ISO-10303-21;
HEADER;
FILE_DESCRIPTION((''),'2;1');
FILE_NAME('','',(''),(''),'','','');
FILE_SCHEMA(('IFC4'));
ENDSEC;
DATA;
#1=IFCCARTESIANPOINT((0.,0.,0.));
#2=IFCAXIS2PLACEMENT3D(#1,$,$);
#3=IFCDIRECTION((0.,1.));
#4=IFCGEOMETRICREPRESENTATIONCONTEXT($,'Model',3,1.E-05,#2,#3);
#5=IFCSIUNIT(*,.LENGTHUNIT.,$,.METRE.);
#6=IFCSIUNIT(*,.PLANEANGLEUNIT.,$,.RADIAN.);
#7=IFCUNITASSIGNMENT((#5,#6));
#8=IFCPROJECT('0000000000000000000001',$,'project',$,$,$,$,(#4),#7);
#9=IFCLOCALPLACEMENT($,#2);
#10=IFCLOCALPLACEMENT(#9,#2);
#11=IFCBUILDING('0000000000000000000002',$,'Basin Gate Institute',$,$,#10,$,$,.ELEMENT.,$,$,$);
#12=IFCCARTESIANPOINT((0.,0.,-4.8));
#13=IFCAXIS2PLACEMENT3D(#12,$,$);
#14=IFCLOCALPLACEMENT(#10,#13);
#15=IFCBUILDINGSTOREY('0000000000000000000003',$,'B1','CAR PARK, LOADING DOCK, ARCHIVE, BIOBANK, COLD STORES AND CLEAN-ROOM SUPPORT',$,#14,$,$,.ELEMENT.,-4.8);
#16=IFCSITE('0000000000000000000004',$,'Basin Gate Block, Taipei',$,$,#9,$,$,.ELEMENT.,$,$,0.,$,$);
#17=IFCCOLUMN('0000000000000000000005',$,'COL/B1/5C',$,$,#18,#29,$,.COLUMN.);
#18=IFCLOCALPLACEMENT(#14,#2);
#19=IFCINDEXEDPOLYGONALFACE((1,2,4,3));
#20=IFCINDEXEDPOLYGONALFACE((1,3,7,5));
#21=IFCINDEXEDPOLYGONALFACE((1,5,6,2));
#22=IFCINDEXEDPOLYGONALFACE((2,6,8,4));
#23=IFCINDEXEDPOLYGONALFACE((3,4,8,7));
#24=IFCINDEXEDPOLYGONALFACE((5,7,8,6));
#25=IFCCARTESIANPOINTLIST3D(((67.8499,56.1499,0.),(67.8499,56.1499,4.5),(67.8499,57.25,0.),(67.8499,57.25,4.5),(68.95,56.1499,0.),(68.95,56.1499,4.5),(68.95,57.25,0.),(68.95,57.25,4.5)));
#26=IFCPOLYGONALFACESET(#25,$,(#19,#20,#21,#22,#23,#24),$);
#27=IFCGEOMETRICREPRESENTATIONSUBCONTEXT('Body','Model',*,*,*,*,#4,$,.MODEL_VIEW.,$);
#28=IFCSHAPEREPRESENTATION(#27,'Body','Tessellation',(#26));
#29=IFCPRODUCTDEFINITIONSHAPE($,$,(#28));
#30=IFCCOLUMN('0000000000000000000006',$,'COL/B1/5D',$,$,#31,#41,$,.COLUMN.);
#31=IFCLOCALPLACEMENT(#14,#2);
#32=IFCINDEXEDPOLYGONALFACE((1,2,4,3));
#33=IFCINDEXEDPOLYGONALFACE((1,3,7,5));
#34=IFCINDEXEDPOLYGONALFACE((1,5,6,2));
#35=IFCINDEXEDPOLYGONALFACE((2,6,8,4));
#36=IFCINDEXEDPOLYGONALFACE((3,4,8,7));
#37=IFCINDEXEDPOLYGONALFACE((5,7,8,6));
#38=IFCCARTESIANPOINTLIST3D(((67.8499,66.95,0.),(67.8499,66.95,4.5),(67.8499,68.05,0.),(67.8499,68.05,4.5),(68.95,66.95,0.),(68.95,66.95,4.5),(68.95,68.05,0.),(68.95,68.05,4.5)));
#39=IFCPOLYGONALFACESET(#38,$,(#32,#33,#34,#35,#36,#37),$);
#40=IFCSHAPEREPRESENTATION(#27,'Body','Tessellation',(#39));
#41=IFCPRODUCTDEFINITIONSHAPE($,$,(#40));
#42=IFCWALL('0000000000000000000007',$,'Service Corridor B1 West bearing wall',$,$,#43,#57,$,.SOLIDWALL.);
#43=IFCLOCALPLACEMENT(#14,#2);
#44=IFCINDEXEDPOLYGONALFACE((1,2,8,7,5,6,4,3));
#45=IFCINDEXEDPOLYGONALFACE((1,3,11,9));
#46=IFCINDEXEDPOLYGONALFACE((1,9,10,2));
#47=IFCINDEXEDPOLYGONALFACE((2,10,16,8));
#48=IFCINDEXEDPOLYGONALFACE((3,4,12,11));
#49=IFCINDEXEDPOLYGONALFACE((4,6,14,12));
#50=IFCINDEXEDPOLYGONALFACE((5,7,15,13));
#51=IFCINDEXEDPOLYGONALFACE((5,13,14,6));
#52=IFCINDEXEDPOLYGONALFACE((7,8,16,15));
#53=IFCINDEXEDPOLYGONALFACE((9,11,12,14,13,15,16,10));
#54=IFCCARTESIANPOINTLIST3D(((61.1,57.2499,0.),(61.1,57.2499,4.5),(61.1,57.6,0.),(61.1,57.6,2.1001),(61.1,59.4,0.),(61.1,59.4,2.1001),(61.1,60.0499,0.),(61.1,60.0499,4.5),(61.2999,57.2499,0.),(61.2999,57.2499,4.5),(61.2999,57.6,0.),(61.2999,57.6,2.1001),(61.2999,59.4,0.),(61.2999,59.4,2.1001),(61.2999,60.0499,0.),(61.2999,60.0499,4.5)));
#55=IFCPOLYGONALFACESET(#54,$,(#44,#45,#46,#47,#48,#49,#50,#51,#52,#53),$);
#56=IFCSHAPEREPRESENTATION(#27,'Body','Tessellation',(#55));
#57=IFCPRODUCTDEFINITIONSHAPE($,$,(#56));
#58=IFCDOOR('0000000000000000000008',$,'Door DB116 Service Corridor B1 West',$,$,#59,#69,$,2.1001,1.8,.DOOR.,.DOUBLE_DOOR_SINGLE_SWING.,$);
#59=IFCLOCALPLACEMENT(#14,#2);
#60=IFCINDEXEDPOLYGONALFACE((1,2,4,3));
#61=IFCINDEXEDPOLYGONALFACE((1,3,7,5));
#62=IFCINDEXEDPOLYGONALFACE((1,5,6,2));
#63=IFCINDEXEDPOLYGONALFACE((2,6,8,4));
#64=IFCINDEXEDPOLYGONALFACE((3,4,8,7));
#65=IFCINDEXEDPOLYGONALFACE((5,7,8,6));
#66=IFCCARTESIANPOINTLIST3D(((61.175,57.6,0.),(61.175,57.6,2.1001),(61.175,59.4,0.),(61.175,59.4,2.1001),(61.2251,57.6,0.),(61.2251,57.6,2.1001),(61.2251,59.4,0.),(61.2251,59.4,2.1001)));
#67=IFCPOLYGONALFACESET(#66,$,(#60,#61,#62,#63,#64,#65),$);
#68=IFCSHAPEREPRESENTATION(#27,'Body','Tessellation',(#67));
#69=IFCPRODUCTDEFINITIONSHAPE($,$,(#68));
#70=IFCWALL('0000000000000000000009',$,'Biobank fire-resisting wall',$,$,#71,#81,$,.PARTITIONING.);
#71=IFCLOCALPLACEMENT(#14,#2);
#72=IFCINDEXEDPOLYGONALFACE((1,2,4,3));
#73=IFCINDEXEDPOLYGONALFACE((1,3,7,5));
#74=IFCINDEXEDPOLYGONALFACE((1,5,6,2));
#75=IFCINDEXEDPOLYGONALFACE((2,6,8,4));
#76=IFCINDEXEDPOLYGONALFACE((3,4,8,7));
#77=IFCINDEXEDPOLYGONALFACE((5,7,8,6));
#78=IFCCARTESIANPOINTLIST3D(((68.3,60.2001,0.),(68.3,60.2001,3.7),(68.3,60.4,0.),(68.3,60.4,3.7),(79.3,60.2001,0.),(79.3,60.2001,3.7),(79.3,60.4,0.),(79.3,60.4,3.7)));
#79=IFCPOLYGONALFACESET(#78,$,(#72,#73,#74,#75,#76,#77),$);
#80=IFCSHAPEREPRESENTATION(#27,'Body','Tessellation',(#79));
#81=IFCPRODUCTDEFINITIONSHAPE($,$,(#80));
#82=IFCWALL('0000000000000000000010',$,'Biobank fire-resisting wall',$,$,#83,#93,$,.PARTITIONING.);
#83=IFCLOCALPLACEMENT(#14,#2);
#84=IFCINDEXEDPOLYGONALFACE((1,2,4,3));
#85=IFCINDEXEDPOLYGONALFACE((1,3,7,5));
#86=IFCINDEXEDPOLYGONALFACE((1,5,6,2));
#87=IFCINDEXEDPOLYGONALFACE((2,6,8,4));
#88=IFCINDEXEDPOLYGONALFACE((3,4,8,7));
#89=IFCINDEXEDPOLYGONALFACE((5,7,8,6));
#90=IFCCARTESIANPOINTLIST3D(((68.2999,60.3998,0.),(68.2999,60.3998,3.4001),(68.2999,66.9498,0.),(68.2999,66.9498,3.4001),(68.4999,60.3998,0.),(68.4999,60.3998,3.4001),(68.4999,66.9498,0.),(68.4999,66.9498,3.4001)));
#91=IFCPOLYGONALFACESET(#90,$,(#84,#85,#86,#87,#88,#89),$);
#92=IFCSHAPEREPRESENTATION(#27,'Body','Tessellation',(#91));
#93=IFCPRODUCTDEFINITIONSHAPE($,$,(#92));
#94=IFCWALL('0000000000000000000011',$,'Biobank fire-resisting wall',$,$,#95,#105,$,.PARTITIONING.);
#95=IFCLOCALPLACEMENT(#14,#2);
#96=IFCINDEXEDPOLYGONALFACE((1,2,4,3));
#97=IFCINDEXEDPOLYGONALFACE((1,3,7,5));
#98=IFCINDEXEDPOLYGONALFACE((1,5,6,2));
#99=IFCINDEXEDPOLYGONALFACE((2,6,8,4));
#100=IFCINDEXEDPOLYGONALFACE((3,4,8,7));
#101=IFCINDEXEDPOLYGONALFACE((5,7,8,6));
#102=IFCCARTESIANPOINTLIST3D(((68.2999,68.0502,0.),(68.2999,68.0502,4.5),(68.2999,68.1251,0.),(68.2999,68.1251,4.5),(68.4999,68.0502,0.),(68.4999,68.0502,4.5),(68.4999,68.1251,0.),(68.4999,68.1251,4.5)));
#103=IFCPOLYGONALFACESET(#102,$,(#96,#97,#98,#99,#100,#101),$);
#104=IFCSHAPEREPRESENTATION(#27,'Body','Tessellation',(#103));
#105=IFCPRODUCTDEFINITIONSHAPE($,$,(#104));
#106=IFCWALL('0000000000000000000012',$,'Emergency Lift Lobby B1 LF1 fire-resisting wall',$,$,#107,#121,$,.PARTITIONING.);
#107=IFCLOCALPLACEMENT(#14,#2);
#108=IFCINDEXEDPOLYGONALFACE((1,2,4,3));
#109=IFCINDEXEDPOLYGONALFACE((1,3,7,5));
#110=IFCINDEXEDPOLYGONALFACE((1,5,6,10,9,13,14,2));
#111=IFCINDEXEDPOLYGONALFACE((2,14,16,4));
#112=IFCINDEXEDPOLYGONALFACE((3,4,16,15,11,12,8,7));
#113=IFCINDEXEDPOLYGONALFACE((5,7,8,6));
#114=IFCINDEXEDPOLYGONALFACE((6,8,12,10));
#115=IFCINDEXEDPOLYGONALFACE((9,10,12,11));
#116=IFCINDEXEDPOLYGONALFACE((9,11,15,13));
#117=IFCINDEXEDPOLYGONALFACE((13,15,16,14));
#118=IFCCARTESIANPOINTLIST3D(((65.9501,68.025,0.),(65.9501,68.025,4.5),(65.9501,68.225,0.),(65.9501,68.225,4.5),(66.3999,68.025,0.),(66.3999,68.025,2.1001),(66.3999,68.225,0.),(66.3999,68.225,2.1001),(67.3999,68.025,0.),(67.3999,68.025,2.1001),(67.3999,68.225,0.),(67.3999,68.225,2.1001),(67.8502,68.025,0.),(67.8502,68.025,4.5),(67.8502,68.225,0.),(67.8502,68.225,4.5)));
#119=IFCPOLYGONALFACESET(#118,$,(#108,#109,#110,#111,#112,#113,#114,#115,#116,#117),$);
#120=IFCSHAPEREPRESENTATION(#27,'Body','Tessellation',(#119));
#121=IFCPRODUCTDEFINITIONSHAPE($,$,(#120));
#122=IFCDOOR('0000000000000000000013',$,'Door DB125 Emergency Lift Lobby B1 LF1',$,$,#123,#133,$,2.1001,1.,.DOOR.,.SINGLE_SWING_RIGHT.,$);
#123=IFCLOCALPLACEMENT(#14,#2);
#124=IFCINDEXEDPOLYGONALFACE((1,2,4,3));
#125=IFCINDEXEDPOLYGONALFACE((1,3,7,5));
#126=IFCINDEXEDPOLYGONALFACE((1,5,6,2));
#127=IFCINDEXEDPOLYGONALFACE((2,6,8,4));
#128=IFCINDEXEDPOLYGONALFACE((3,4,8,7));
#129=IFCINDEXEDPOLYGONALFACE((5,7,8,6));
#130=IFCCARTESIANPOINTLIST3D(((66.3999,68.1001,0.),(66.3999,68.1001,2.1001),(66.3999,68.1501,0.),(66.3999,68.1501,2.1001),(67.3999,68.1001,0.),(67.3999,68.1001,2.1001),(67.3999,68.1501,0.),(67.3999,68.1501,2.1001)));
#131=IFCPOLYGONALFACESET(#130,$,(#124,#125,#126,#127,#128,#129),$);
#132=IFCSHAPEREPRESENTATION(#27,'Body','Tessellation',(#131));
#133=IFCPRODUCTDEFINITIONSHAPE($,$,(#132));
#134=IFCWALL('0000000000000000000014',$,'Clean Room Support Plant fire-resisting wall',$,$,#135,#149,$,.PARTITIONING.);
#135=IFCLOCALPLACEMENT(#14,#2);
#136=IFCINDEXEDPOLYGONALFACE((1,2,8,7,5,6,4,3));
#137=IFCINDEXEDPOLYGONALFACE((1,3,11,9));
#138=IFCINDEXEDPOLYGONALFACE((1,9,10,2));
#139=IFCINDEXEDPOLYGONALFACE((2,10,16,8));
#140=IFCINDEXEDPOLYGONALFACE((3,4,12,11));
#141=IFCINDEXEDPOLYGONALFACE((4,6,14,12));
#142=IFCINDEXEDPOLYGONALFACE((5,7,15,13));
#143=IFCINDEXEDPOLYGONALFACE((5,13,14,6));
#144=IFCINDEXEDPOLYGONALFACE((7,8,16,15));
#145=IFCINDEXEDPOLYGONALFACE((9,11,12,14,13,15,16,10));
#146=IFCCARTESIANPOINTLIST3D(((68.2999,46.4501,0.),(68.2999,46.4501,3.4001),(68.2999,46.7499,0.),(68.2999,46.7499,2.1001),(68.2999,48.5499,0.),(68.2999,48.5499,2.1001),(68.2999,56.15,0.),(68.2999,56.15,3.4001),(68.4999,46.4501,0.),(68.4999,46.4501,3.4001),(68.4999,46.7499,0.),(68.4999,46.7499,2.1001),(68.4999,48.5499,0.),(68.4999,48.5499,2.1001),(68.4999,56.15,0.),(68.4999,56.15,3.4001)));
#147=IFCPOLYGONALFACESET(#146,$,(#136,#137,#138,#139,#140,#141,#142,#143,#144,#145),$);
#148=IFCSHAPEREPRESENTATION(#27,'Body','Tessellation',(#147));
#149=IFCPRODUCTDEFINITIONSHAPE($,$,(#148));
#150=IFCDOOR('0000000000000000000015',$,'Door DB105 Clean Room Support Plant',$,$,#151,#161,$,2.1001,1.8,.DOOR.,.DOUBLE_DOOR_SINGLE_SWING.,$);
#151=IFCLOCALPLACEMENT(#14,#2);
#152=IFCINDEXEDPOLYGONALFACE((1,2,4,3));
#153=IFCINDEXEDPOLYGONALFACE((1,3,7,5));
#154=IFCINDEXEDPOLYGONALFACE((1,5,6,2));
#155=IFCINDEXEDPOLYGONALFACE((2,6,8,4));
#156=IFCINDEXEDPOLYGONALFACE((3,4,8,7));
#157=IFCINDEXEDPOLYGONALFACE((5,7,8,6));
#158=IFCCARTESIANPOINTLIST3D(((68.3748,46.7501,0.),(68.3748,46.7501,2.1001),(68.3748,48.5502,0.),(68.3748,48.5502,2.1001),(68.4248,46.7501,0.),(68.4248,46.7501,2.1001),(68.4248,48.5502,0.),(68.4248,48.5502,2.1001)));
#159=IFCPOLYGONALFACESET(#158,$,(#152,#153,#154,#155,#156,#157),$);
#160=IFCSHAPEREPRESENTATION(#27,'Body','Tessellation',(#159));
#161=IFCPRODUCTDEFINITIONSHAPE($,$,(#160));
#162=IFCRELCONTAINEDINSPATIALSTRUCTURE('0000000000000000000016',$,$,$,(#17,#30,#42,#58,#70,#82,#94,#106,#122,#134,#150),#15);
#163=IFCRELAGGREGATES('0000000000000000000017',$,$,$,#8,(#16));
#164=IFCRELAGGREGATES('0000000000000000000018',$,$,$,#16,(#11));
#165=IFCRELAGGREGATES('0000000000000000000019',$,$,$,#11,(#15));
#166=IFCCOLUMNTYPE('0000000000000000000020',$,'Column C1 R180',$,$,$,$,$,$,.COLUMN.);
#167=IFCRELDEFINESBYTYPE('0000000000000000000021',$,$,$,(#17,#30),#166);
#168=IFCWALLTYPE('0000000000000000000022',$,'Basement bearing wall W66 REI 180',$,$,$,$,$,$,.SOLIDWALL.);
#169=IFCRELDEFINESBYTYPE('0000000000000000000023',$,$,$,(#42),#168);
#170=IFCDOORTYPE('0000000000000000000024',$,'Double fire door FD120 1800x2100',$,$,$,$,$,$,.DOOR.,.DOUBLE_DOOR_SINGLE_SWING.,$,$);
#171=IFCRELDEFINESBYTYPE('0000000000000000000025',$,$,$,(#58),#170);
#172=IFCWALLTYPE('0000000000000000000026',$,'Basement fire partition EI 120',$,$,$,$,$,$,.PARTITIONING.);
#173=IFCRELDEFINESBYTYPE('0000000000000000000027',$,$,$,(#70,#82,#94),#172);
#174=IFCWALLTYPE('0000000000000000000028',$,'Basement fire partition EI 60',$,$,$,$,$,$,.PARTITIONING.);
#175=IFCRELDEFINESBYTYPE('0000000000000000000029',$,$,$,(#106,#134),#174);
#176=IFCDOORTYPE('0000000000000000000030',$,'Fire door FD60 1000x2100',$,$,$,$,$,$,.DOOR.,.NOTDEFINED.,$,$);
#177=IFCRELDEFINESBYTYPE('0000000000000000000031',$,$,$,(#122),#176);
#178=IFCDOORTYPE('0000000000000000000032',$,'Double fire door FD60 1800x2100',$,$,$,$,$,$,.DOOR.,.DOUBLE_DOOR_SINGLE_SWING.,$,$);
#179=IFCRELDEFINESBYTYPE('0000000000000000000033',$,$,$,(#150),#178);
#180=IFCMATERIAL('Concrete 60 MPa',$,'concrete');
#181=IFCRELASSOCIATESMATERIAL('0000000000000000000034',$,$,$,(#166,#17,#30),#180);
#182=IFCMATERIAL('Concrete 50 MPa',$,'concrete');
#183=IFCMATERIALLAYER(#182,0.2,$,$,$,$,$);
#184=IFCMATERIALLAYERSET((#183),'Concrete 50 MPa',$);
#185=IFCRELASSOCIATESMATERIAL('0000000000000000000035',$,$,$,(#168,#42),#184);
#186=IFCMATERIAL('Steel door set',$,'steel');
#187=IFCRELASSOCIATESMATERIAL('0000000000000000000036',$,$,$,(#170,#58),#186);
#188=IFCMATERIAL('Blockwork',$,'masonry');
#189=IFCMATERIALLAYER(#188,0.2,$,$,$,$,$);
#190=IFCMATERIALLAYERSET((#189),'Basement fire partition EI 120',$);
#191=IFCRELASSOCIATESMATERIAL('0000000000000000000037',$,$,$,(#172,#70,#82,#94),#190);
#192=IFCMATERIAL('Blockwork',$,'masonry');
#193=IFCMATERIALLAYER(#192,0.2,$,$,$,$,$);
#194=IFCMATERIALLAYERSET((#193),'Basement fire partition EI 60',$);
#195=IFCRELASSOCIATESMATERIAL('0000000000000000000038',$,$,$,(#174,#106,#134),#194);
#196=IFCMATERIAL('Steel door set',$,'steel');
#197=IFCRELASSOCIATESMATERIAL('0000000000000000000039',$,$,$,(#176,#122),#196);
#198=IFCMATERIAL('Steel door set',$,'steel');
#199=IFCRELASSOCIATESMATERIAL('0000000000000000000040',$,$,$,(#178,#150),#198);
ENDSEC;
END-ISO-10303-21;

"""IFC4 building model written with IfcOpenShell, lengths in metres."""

from ifc_helpers import new_model, si_unit, direction, frame, frame_2d, origin, origin_2d, place, context, subcontext, project, spatial, rectangle, extrude, material, layer, layer_set, material_profile, profile_set, type_object, element, fill, save


model = new_model("IFC4")

# Units and contexts
model_context = context("Model", 3, precision=1e-05, world=origin(), true_north=direction((0.0, 1.0)))
body_context = subcontext(model_context, "Body", "Model", "MODEL_VIEW")
ifc_project = project(units=[si_unit("LENGTHUNIT", "METRE"), si_unit("PLANEANGLEUNIT", "RADIAN")], contexts=[model_context])

# Site, building, storey
site_placement = place(None, origin())
site = spatial("IfcSite", under=ifc_project, at=site_placement, Name="Basin Gate Block, Taipei", CompositionType="ELEMENT", RefElevation=0.0)
building_placement = place(site_placement, origin())
building = spatial("IfcBuilding", under=site, at=building_placement, Name="Basin Gate Institute", CompositionType="ELEMENT")
storey_placement = place(building_placement, frame((0.0, 0.0, -4.8)))
storey = spatial("IfcBuildingStorey", under=building, at=storey_placement, Name="B1", Description="CAR PARK, LOADING DOCK, ARCHIVE, BIOBANK, COLD STORES AND CLEAN-ROOM SUPPORT", CompositionType="ELEMENT", Elevation=-4.8)

# Columns
ifc_material_1 = material(Name="Concrete 60 MPa", Category="concrete")
ifc_material_profile = material_profile(ifc_material_1, rectangle(XDim=1.1001, YDim=1.1001, at=origin_2d()), Name="Column C1 1100 x 1100")
ifc_profile_set = profile_set([ifc_material_profile], Name="Concrete 60 MPa")
column_type = type_object("IfcColumnType", Name="Column C1 R180", PredefinedType="COLUMN", material=ifc_profile_set)
for number, where, z_axis, x_axis, name in (
    (1, (68.3999, 56.7, 0.0), (0.0, 0.0, 1.0), (1.0, 0.0, 0.0), "COL/B1/5C"),
    (2, (68.3999, 67.5, 0.0), (0.0, 0.0, 1.0), (1.0, 0.0, 0.0), "COL/B1/5D"),
):
    element("IfcColumn", number, at=place(storey_placement, frame(where, z_axis=z_axis, x_axis=x_axis)), inside=storey, type_object=column_type, material=ifc_profile_set, Name=name, PredefinedType="COLUMN", context=body_context, shape_type="SweptSolid", body=[
        extrude(rectangle(XDim=1.1001, YDim=1.1001, at=origin_2d()), origin(), (0.0, 0.0, 1.0), 4.5),
    ])

# Wall, opening, door
ifc_material_2 = material(Name="Concrete 50 MPa", Category="concrete")
ifc_layer_1 = layer(ifc_material_2, 0.2)
ifc_layer_set_1 = layer_set([ifc_layer_1], Name="Concrete 50 MPa")
wall_type_1 = type_object("IfcWallType", Name="Basement bearing wall W66 REI 180", PredefinedType="SOLIDWALL", material=ifc_layer_set_1)
wall_1_placement = place(storey_placement, frame((61.2, 57.25, 0.0), z_axis=(0.0, 0.0, 1.0), x_axis=(0.0, 1.0, 0.0)))
wall_1 = element("IfcWall", 3, at=wall_1_placement, inside=storey, type_object=wall_type_1, material=ifc_layer_set_1, Name="Service Corridor B1 West bearing wall", PredefinedType="SOLIDWALL", context=body_context, shape_type="SweptSolid", body=[
    extrude(rectangle(XDim=2.8, YDim=0.2, at=frame_2d((1.3999, 0.0))), origin(), (0.0, 0.0, 1.0), 4.5),
])
opening_1_placement = place(wall_1_placement, frame((0.3501, 0.0, 0.0)))
opening_1 = element("IfcOpeningElement", 4, at=opening_1_placement, cuts=wall_1, PredefinedType="OPENING", context=body_context, shape_type="SweptSolid", body=[
    extrude(rectangle(XDim=1.8, YDim=2.1001, at=frame_2d((0.8999, 1.05))), frame((0.0, 0.1099, 0.0), z_axis=(0.0, -1.0, 0.0), x_axis=(1.0, 0.0, 0.0)), (0.0, 0.0, 1.0), 0.22),
])
ifc_material_3 = material(Name="Steel door set", Category="steel")
door_type_1 = type_object("IfcDoorType", Name="Double fire door FD120 1800x2100", OperationType="DOUBLE_DOOR_SINGLE_SWING", PredefinedType="DOOR", material=ifc_material_3)
door_1_placement = place(opening_1_placement, origin())
door_1 = element("IfcDoor", 5, at=door_1_placement, inside=storey, type_object=door_type_1, material=ifc_material_3, Name="Door DB116 Service Corridor B1 West", OperationType="DOUBLE_DOOR_SINGLE_SWING", OverallHeight=2.1001, OverallWidth=1.8, PredefinedType="DOOR", context=body_context, shape_type="SweptSolid", body=[
    extrude(rectangle(XDim=1.8, YDim=2.1001, at=frame_2d((0.8999, 1.05))), frame((0.0, 0.0249, 0.0), z_axis=(0.0, -1.0, 0.0), x_axis=(1.0, 0.0, 0.0)), (0.0, 0.0, 1.0), 0.05),
])
fill(opening_1, door_1)

# Walls
ifc_material_4 = material(Name="Blockwork", Category="masonry")
ifc_layer_2 = layer(ifc_material_4, 0.2)
ifc_layer_set_2 = layer_set([ifc_layer_2], Name="Basement fire partition EI 120")
wall_type_2 = type_object("IfcWallType", Name="Basement fire partition EI 120", PredefinedType="PARTITIONING", material=ifc_layer_set_2)
wall_2_placement = place(storey_placement, frame((68.3, 60.3, 0.0), z_axis=(0.0, 0.0, 1.0), x_axis=(1.0, 0.0, 0.0)))
element("IfcWall", 6, at=wall_2_placement, inside=storey, type_object=wall_type_2, material=ifc_layer_set_2, Name="Biobank fire-resisting wall", PredefinedType="PARTITIONING", context=body_context, shape_type="SweptSolid", body=[
    extrude(rectangle(XDim=11.0, YDim=0.2, at=frame_2d((5.5, 0.0))), origin(), (0.0, 0.0, 1.0), 3.7),
])
wall_3_placement = place(storey_placement, frame((68.3999, 60.3999, 0.0), z_axis=(0.0, 0.0, 1.0), x_axis=(0.0, 1.0, 0.0)))
element("IfcWall", 7, at=wall_3_placement, inside=storey, type_object=wall_type_2, material=ifc_layer_set_2, Name="Biobank fire-resisting wall", PredefinedType="PARTITIONING", context=body_context, shape_type="SweptSolid", body=[
    extrude(rectangle(XDim=6.55, YDim=0.2, at=frame_2d((3.2749, 0.0))), origin(), (0.0, 0.0, 1.0), 3.4001),
])
wall_4_placement = place(storey_placement, frame((68.3999, 68.05, 0.0), z_axis=(0.0, 0.0, 1.0), x_axis=(0.0, 1.0, 0.0)))
element("IfcWall", 8, at=wall_4_placement, inside=storey, type_object=wall_type_2, material=ifc_layer_set_2, Name="Biobank fire-resisting wall", PredefinedType="PARTITIONING", context=body_context, shape_type="SweptSolid", body=[
    extrude(rectangle(XDim=0.075, YDim=0.2, at=frame_2d((0.0376, 0.0))), origin(), (0.0, 0.0, 1.0), 4.5),
])

# Walls, openings, doors
ifc_material_5 = material(Name="Blockwork", Category="masonry")
ifc_layer_3 = layer(ifc_material_5, 0.2)
ifc_layer_set_3 = layer_set([ifc_layer_3], Name="Basement fire partition EI 60")
wall_type_3 = type_object("IfcWallType", Name="Basement fire partition EI 60", PredefinedType="PARTITIONING", material=ifc_layer_set_3)
wall_5_placement = place(storey_placement, frame((65.95, 68.125, 0.0), z_axis=(0.0, 0.0, 1.0), x_axis=(1.0, 0.0, 0.0)))
wall_5 = element("IfcWall", 9, at=wall_5_placement, inside=storey, type_object=wall_type_3, material=ifc_layer_set_3, Name="Emergency Lift Lobby B1 LF1 fire-resisting wall", PredefinedType="PARTITIONING", context=body_context, shape_type="SweptSolid", body=[
    extrude(rectangle(XDim=1.9001, YDim=0.2, at=frame_2d((0.9502, 0.0))), origin(), (0.0, 0.0, 1.0), 4.5),
])
opening_2_placement = place(wall_5_placement, frame((0.45, 0.0, 0.0)))
opening_2 = element("IfcOpeningElement", 10, at=opening_2_placement, cuts=wall_5, PredefinedType="OPENING", context=body_context, shape_type="SweptSolid", body=[
    extrude(rectangle(XDim=1.0, YDim=2.1001, at=frame_2d((0.5, 1.05))), frame((0.0, 0.1099, 0.0), z_axis=(0.0, -1.0, 0.0), x_axis=(1.0, 0.0, 0.0)), (0.0, 0.0, 1.0), 0.22),
])
ifc_material_6 = material(Name="Steel door set", Category="steel")
door_type_2 = type_object("IfcDoorType", Name="Fire door FD60 1000x2100", OperationType="NOTDEFINED", PredefinedType="DOOR", material=ifc_material_6)
door_2_placement = place(opening_2_placement, frame((1.0, 0.0, 0.0), z_axis=(0.0, 0.0, 1.0), x_axis=(-1.0, 0.0, 0.0)))
door_2 = element("IfcDoor", 11, at=door_2_placement, inside=storey, type_object=door_type_2, material=ifc_material_6, Name="Door DB125 Emergency Lift Lobby B1 LF1", OperationType="SINGLE_SWING_RIGHT", OverallHeight=2.1001, OverallWidth=1.0, PredefinedType="DOOR", context=body_context, shape_type="SweptSolid", body=[
    extrude(rectangle(XDim=1.0, YDim=2.1001, at=frame_2d((0.5, 1.05))), frame((0.0, 0.0249, 0.0), z_axis=(0.0, -1.0, 0.0), x_axis=(1.0, 0.0, 0.0)), (0.0, 0.0, 1.0), 0.05),
])
fill(opening_2, door_2)
wall_6_placement = place(storey_placement, frame((68.3999, 46.45, 0.0), z_axis=(0.0, 0.0, 1.0), x_axis=(0.0, 1.0, 0.0)))
wall_6 = element("IfcWall", 12, at=wall_6_placement, inside=storey, type_object=wall_type_3, material=ifc_layer_set_3, Name="Clean Room Support Plant fire-resisting wall", PredefinedType="PARTITIONING", context=body_context, shape_type="SweptSolid", body=[
    extrude(rectangle(XDim=9.7, YDim=0.2, at=frame_2d((4.8501, 0.0))), origin(), (0.0, 0.0, 1.0), 3.4001),
])
opening_3_placement = place(wall_6_placement, frame((0.3, 0.0, 0.0)))
opening_3 = element("IfcOpeningElement", 13, at=opening_3_placement, cuts=wall_6, PredefinedType="OPENING", context=body_context, shape_type="SweptSolid", body=[
    extrude(rectangle(XDim=1.8, YDim=2.1001, at=frame_2d((0.8999, 1.05))), frame((0.0, 0.1099, 0.0), z_axis=(0.0, -1.0, 0.0), x_axis=(1.0, 0.0, 0.0)), (0.0, 0.0, 1.0), 0.22),
])
ifc_material_7 = material(Name="Steel door set", Category="steel")
door_type_3 = type_object("IfcDoorType", Name="Double fire door FD60 1800x2100", OperationType="DOUBLE_DOOR_SINGLE_SWING", PredefinedType="DOOR", material=ifc_material_7)
door_3_placement = place(opening_3_placement, frame((1.8, 0.0, 0.0), z_axis=(0.0, 0.0, 1.0), x_axis=(-1.0, 0.0, 0.0)))
door_3 = element("IfcDoor", 14, at=door_3_placement, inside=storey, type_object=door_type_3, material=ifc_material_7, Name="Door DB105 Clean Room Support Plant", OperationType="DOUBLE_DOOR_SINGLE_SWING", OverallHeight=2.1001, OverallWidth=1.8, PredefinedType="DOOR", context=body_context, shape_type="SweptSolid", body=[
    extrude(rectangle(XDim=1.8, YDim=2.1001, at=frame_2d((0.8999, 1.05))), frame((0.0, 0.0249, 0.0), z_axis=(0.0, -1.0, 0.0), x_axis=(1.0, 0.0, 0.0)), (0.0, 0.0, 1.0), 0.05),
])
fill(opening_3, door_3)

save(model, "model.ifc")
